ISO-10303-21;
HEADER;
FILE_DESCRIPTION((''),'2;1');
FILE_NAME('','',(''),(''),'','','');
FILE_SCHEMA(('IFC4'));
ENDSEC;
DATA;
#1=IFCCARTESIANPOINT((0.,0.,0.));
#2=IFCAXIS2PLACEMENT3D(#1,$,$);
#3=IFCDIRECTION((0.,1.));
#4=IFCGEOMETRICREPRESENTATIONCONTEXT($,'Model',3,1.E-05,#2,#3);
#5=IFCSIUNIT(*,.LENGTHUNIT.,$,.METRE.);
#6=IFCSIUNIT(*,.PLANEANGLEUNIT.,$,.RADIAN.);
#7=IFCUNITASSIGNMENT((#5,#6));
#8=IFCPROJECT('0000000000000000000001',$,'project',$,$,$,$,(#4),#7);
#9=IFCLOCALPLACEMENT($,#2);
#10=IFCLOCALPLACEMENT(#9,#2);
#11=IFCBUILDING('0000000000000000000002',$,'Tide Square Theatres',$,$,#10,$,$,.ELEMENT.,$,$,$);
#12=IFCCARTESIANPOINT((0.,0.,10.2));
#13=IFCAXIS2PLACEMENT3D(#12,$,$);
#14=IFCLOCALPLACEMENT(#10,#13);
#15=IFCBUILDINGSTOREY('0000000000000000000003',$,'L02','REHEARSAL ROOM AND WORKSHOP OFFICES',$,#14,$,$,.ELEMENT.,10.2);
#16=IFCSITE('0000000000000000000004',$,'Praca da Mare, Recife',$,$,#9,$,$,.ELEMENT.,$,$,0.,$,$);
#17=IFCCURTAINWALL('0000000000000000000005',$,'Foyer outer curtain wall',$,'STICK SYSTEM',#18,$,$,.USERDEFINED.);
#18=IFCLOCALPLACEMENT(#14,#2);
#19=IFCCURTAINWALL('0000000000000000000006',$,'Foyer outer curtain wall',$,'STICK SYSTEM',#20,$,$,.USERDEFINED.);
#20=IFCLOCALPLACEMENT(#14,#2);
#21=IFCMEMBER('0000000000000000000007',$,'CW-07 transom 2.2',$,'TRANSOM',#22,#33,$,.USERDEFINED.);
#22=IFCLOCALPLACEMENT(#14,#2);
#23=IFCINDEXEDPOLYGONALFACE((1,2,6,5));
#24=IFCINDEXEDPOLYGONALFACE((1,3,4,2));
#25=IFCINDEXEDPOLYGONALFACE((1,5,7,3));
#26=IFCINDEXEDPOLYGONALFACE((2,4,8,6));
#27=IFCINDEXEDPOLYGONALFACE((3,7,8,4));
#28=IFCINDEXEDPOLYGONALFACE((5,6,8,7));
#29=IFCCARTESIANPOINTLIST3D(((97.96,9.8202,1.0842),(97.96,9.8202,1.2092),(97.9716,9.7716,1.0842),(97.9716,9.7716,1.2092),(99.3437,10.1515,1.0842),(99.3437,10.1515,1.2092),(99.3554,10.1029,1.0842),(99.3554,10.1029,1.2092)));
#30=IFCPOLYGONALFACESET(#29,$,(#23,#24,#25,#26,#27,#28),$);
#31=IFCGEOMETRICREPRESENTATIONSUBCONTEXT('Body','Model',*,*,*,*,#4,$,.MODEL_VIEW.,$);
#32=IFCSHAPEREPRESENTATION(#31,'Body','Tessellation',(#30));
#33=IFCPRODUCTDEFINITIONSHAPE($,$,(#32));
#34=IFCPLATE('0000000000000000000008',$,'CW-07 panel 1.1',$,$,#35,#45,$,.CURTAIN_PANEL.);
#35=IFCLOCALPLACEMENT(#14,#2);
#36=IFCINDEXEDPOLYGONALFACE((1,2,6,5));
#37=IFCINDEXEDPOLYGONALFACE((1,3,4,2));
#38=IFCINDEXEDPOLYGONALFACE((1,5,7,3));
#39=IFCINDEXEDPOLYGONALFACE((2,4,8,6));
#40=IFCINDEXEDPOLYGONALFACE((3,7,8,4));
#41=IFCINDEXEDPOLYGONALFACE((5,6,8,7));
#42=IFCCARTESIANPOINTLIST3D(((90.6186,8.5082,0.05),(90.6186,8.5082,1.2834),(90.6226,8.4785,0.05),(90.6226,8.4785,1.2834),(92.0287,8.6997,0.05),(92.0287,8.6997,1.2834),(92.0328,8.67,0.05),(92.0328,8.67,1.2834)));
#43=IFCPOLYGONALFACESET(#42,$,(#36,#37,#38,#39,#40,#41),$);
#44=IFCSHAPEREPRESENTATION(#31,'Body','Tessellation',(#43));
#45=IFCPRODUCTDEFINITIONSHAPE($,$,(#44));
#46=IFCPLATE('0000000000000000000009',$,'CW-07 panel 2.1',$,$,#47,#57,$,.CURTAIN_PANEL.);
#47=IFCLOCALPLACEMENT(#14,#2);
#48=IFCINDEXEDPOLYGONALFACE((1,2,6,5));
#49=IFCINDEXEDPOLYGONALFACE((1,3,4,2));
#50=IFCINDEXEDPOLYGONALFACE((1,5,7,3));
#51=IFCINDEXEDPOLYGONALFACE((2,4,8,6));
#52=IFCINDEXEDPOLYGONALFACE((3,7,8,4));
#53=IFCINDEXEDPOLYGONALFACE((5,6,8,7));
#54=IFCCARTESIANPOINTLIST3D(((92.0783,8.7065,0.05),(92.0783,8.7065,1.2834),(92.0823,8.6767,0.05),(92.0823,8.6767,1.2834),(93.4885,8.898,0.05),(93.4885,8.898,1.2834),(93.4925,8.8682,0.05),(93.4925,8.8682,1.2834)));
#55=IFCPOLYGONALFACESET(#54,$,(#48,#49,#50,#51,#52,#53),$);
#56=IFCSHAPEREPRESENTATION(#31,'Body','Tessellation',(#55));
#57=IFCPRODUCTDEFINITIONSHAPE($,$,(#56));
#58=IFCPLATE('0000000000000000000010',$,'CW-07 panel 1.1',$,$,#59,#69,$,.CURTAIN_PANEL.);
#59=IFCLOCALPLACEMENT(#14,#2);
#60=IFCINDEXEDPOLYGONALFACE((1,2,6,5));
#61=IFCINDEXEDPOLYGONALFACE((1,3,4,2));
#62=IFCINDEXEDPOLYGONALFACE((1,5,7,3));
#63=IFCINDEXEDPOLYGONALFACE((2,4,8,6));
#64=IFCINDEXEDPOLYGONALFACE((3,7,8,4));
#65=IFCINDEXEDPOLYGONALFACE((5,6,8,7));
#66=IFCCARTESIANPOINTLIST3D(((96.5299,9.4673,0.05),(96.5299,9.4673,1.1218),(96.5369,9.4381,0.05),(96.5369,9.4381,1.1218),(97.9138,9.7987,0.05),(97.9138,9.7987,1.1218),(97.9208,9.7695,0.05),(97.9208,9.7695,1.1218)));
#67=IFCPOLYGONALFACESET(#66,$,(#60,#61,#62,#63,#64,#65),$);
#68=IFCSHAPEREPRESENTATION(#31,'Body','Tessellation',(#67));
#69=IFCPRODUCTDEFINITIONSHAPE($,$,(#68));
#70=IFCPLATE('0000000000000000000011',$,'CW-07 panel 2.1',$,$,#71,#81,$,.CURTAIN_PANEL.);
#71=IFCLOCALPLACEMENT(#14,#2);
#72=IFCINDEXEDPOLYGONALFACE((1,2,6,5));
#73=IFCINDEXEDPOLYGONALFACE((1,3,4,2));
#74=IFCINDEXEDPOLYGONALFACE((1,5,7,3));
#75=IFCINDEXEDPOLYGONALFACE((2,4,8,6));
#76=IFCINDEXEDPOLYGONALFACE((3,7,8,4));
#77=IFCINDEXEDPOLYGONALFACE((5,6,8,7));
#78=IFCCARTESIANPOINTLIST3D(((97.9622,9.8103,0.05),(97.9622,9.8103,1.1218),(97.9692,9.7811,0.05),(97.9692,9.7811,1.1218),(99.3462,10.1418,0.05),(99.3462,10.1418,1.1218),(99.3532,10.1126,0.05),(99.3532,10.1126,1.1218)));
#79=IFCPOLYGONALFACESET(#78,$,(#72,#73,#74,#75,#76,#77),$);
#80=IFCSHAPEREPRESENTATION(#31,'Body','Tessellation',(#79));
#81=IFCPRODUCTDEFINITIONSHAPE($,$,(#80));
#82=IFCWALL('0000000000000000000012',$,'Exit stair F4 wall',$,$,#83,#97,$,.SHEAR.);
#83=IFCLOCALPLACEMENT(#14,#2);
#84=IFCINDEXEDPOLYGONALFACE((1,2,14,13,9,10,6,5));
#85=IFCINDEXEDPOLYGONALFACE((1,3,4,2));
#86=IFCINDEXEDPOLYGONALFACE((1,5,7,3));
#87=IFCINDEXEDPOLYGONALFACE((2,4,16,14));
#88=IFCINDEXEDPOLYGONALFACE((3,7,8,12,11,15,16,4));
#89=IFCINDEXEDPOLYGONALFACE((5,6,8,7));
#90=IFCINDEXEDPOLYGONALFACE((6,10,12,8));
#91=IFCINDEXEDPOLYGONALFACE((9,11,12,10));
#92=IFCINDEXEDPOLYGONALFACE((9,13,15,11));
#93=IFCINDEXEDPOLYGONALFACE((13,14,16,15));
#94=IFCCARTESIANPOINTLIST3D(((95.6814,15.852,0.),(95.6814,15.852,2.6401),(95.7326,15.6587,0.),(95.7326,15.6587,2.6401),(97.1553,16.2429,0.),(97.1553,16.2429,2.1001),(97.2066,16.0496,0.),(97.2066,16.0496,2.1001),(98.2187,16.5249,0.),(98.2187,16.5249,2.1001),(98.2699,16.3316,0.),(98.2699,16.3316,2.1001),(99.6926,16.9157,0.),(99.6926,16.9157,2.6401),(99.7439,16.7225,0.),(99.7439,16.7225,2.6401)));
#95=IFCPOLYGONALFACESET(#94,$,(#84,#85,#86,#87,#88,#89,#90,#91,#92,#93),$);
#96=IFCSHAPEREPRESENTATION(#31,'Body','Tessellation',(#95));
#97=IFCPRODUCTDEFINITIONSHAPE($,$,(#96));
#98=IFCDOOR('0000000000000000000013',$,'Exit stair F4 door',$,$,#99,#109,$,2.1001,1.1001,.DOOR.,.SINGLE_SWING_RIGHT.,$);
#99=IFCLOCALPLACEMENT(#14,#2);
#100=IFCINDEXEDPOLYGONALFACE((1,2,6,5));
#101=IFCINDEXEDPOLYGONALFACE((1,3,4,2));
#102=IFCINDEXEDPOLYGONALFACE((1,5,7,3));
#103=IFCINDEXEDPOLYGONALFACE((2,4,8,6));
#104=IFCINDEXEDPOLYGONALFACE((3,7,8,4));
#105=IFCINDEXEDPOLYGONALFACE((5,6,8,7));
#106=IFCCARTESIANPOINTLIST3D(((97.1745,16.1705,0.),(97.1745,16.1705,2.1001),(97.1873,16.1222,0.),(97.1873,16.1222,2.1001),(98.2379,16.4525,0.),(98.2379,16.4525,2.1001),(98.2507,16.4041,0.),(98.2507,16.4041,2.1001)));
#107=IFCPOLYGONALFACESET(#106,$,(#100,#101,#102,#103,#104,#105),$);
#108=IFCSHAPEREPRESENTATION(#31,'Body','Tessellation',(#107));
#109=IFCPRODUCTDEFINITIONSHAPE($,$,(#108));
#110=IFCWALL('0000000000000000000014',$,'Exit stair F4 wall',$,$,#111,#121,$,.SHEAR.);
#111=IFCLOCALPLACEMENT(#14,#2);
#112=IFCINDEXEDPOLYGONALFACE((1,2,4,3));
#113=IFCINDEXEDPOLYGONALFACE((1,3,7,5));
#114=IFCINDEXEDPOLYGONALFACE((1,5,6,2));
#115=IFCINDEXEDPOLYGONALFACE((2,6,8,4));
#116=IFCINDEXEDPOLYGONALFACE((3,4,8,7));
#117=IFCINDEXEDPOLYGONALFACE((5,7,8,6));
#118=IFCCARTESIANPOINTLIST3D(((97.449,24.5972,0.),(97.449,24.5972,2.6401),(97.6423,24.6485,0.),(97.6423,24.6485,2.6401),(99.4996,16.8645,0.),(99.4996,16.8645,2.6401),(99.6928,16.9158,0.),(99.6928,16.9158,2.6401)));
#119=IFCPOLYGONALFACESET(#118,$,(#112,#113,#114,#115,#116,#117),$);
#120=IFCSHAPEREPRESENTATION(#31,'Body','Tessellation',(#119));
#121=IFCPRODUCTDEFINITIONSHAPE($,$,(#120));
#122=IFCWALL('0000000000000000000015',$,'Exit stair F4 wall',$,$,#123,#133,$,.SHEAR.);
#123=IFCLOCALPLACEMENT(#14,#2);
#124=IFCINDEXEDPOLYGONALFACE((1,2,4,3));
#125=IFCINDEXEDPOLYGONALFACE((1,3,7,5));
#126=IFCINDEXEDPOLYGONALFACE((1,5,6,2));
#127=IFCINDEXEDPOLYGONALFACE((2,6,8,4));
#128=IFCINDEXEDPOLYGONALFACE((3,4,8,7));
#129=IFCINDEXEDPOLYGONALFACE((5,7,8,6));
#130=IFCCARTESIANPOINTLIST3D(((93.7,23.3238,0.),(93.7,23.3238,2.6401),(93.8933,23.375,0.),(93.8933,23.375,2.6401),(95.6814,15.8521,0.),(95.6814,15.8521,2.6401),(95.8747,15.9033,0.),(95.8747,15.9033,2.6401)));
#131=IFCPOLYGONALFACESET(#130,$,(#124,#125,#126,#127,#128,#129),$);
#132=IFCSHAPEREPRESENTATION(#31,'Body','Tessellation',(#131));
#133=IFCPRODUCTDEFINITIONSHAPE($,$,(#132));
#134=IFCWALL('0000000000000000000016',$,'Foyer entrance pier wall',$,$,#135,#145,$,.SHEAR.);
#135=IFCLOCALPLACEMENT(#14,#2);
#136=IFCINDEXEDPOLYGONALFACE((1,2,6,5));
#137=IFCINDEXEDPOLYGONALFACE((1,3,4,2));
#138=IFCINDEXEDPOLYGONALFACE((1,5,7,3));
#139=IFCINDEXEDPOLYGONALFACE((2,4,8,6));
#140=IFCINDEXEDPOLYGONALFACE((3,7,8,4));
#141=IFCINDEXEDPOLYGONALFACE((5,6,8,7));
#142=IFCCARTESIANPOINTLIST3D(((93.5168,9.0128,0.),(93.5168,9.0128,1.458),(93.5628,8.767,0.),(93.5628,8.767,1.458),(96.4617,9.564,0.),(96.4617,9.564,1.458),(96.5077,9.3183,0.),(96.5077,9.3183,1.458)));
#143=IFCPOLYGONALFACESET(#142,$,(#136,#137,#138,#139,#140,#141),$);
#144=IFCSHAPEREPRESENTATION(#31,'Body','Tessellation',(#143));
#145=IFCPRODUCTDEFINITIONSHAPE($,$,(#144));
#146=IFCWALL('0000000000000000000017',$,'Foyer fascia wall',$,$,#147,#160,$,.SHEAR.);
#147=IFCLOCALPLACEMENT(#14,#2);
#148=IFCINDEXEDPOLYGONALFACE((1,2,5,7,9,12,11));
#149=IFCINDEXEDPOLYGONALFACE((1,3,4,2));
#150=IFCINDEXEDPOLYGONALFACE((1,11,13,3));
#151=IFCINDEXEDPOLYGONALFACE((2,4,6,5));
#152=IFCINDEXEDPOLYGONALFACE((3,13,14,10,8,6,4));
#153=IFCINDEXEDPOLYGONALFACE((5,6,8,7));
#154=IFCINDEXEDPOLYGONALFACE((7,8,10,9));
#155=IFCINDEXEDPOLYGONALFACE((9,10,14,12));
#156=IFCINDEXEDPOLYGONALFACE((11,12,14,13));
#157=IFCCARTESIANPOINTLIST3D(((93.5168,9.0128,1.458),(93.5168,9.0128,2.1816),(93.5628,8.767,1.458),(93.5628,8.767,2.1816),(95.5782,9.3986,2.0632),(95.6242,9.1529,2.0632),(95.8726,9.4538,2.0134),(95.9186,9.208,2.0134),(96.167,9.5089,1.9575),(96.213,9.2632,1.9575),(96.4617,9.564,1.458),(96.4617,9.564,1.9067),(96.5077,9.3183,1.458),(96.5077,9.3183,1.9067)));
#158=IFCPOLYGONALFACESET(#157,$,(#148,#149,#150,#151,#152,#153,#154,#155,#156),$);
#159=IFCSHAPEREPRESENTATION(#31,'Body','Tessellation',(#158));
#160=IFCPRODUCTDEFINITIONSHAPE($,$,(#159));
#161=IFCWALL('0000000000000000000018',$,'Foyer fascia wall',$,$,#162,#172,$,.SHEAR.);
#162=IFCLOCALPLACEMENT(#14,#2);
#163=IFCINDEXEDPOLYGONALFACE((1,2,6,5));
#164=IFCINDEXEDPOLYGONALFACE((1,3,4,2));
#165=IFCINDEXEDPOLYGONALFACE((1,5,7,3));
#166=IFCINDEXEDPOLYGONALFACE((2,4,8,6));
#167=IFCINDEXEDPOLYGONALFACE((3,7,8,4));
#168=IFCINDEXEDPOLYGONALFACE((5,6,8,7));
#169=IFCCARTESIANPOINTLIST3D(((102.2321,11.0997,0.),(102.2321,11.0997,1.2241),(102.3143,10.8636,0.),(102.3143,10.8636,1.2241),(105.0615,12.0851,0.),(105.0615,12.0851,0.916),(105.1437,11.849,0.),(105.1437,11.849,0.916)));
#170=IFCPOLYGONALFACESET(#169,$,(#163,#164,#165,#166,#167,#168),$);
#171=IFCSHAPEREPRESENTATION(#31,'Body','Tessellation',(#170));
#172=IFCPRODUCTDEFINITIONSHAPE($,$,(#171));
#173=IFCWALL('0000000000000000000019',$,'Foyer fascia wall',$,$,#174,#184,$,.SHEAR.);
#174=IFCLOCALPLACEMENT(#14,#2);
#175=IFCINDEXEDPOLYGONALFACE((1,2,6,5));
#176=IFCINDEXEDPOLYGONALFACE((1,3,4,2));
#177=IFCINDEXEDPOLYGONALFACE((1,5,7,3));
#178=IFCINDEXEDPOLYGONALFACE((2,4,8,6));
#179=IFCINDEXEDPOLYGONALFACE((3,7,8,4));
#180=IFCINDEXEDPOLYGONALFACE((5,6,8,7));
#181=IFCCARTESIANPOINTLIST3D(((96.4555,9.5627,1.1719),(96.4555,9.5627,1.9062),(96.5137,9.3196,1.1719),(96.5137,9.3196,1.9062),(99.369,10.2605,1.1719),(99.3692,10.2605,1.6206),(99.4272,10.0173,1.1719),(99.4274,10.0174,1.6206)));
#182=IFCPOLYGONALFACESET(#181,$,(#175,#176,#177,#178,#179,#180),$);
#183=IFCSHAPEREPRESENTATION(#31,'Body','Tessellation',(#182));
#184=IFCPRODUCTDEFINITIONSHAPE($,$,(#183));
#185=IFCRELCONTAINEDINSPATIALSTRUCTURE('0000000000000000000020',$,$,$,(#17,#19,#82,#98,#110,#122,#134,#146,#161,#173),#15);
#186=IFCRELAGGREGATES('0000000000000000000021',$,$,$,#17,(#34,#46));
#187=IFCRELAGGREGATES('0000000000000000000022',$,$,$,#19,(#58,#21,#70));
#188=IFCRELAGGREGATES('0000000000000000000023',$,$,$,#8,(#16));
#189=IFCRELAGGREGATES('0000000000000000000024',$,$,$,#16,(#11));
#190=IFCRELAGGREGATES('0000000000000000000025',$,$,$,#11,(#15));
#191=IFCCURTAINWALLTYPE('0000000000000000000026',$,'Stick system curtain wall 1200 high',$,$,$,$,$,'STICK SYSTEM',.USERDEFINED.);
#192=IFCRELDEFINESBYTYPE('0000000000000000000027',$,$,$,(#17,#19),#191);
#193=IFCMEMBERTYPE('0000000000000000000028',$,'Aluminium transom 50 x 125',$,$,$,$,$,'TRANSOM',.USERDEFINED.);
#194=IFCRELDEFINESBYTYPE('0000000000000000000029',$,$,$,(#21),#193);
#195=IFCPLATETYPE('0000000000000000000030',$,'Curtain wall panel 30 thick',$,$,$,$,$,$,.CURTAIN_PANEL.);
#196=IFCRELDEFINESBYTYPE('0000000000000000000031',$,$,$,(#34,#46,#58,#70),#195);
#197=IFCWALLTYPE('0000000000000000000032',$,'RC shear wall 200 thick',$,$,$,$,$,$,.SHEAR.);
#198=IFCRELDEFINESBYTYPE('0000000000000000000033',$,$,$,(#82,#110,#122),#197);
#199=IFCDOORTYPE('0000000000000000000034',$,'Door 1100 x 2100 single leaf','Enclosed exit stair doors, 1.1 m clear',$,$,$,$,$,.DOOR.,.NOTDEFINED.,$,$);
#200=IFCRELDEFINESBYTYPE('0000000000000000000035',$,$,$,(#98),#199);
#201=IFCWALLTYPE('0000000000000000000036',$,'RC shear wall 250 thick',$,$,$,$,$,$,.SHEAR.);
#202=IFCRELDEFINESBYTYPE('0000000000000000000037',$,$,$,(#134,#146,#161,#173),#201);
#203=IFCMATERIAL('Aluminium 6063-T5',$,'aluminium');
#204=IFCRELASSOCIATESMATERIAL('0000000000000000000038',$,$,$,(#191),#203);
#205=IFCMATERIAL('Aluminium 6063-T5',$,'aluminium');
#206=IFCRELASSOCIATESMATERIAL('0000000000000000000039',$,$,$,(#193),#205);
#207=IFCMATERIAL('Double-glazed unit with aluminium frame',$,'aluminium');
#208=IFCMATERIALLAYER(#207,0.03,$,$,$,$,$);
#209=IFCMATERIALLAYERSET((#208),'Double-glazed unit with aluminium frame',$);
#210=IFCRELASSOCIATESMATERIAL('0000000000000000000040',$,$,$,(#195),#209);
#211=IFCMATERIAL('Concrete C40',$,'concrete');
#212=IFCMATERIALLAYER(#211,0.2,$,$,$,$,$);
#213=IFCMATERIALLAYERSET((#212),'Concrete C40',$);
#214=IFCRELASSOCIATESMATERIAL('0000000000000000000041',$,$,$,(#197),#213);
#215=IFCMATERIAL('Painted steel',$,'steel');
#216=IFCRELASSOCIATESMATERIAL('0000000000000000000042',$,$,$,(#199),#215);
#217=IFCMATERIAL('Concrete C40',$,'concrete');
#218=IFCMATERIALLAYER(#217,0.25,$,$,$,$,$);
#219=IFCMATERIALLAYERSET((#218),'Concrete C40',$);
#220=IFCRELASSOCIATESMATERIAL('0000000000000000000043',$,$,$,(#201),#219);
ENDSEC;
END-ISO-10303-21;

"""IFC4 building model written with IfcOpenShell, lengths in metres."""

from ifc_helpers import new_model, si_unit, direction, frame, frame_2d, origin, origin_2d, place, context, subcontext, project, spatial, polyline, rectangle, outline, extrude, material, layer, layer_set, material_profile, profile_set, type_object, element, fill, aggregate, save


model = new_model("IFC4")

# Units and contexts
model_context = context("Model", 3, precision=1e-05, world=origin(), true_north=direction((0.0, 1.0)))
body_context = subcontext(model_context, "Body", "Model", "MODEL_VIEW")
ifc_project = project(units=[si_unit("LENGTHUNIT", "METRE"), si_unit("PLANEANGLEUNIT", "RADIAN")], contexts=[model_context])

# Site, building, storey
site_placement = place(None, origin())
site = spatial("IfcSite", under=ifc_project, at=site_placement, Name="Praca da Mare, Recife", CompositionType="ELEMENT", RefElevation=0.0)
building_placement = place(site_placement, origin())
building = spatial("IfcBuilding", under=site, at=building_placement, Name="Tide Square Theatres", CompositionType="ELEMENT")
storey_placement = place(building_placement, frame((0.0, 0.0, 10.2)))
storey = spatial("IfcBuildingStorey", under=building, at=storey_placement, Name="L02", Description="REHEARSAL ROOM AND WORKSHOP OFFICES", CompositionType="ELEMENT", Elevation=10.2)

# Curtain walls
ifc_material_1 = material(Name="Aluminium 6063-T5", Category="aluminium")
curtain_wall_type = type_object("IfcCurtainWallType", Name="Stick system curtain wall 1200 high", ElementType="STICK SYSTEM", PredefinedType="USERDEFINED", material=ifc_material_1)
curtain_wall_1_placement = place(storey_placement, origin())
curtain_wall_1 = element("IfcCurtainWall", 1, at=curtain_wall_1_placement, inside=storey, type_object=curtain_wall_type, Name="Foyer outer curtain wall", ObjectType="STICK SYSTEM", PredefinedType="USERDEFINED")
curtain_wall_2_placement = place(storey_placement, origin())
curtain_wall_2 = element("IfcCurtainWall", 2, at=curtain_wall_2_placement, inside=storey, type_object=curtain_wall_type, Name="Foyer outer curtain wall", ObjectType="STICK SYSTEM", PredefinedType="USERDEFINED")

# Member
ifc_material_2 = material(Name="Aluminium 6063-T5", Category="aluminium")
ifc_material_profile_1 = material_profile(ifc_material_2, rectangle(XDim=0.05, YDim=0.125, at=origin_2d()))
ifc_profile_set_1 = profile_set([ifc_material_profile_1], Name="Aluminium 6063-T5")
member_type_1 = type_object("IfcMemberType", Name="Aluminium transom 50 x 125", ElementType="TRANSOM", PredefinedType="USERDEFINED", material=ifc_profile_set_1)
member_1_placement = place(storey_placement, frame((97.9658, 9.7959, 1.1467), z_axis=(0.972516, 0.232834, 0.0), x_axis=(-0.232834, 0.972516, 0.0)))
member_1 = element("IfcMember", 3, at=member_1_placement, type_object=member_type_1, Name="CW-07 transom 2.2", ObjectType="TRANSOM", PredefinedType="USERDEFINED", context=body_context, shape_type="SweptSolid", body=[
    extrude(rectangle(XDim=0.05, YDim=0.125, at=origin_2d()), origin(), (0.0, 0.0, 1.0), 1.4229),
])

# Plates
ifc_material_3 = material(Name="Double-glazed unit with aluminium frame", Category="aluminium")
ifc_layer_1 = layer(ifc_material_3, 0.03)
ifc_layer_set_1 = layer_set([ifc_layer_1], Name="Double-glazed unit with aluminium frame")
plate_type = type_object("IfcPlateType", Name="Curtain wall panel 30 thick", PredefinedType="CURTAIN_PANEL", material=ifc_layer_set_1)
plate_1_placement = place(storey_placement, frame((91.3257, 8.5891, 0.05), z_axis=(0.0, 0.0, 1.0), x_axis=(0.990903, 0.134577, 0.0)))
plate_1 = element("IfcPlate", 4, at=plate_1_placement, type_object=plate_type, Name="CW-07 panel 1.1", PredefinedType="CURTAIN_PANEL", context=body_context, shape_type="SweptSolid", body=[
    extrude(rectangle(XDim=1.4231, YDim=0.03, at=origin_2d()), origin(), (0.0, 0.0, 1.0), 1.2334),
])
plate_2_placement = place(storey_placement, frame((92.7854, 8.7874, 0.05), z_axis=(0.0, 0.0, 1.0), x_axis=(0.990903, 0.134577, 0.0)))
plate_2 = element("IfcPlate", 5, at=plate_2_placement, type_object=plate_type, Name="CW-07 panel 2.1", PredefinedType="CURTAIN_PANEL", context=body_context, shape_type="SweptSolid", body=[
    extrude(rectangle(XDim=1.4231, YDim=0.03, at=origin_2d()), origin(), (0.0, 0.0, 1.0), 1.2334),
])
aggregate(curtain_wall_1, [plate_1, plate_2])
plate_3_placement = place(storey_placement, frame((97.2253, 9.6184, 0.05), z_axis=(0.0, 0.0, 1.0), x_axis=(0.972498, 0.232911, 0.0)))
plate_3 = element("IfcPlate", 6, at=plate_3_placement, type_object=plate_type, Name="CW-07 panel 1.1", PredefinedType="CURTAIN_PANEL", context=body_context, shape_type="SweptSolid", body=[
    extrude(rectangle(XDim=1.4231, YDim=0.03, at=origin_2d()), origin(), (0.0, 0.0, 1.0), 1.0718),
])
plate_4_placement = place(storey_placement, frame((98.6577, 9.9614, 0.05), z_axis=(0.0, 0.0, 1.0), x_axis=(0.972498, 0.232911, 0.0)))
plate_4 = element("IfcPlate", 7, at=plate_4_placement, type_object=plate_type, Name="CW-07 panel 2.1", PredefinedType="CURTAIN_PANEL", context=body_context, shape_type="SweptSolid", body=[
    extrude(rectangle(XDim=1.4231, YDim=0.03, at=origin_2d()), origin(), (0.0, 0.0, 1.0), 1.0718),
])
aggregate(curtain_wall_2, [plate_3, member_1, plate_4])

# Wall, opening, door
ifc_material_4 = material(Name="Concrete C40", Category="concrete")
ifc_layer_2 = layer(ifc_material_4, 0.2)
ifc_layer_set_2 = layer_set([ifc_layer_2], Name="Concrete C40")
wall_type_1 = type_object("IfcWallType", Name="RC shear wall 200 thick", PredefinedType="SHEAR", material=ifc_layer_set_2)
wall_1_placement = place(storey_placement, frame((99.7183, 16.8191, 0.0), z_axis=(0.0, 0.0, 1.0), x_axis=(-0.96659, -0.256326, 0.0)))
wall_1 = element("IfcWall", 8, at=wall_1_placement, inside=storey, type_object=wall_type_1, Name="Exit stair F4 wall", PredefinedType="SHEAR", context=body_context, shape_type="SweptSolid", body=[
    extrude(rectangle(XDim=4.1499, YDim=0.2, at=frame_2d((2.075, 0.0))), origin(), (0.0, 0.0, 1.0), 2.6401),
])
opening_placement = place(wall_1_placement, frame((1.5249, 0.0, 0.0)))
opening = element("IfcOpeningElement", 9, at=opening_placement, cuts=wall_1, PredefinedType="OPENING", context=body_context, shape_type="SweptSolid", body=[
    extrude(rectangle(XDim=1.1001, YDim=2.1001, at=frame_2d((0.55, 1.05))), frame((0.0, 0.1099, 0.0), z_axis=(0.0, -1.0, 0.0), x_axis=(1.0, 0.0, 0.0)), (0.0, 0.0, 1.0), 0.22),
])
ifc_material_5 = material(Name="Painted steel", Category="steel")
door_type = type_object("IfcDoorType", Name="Door 1100 x 2100 single leaf", Description="Enclosed exit stair doors, 1.1 m clear", OperationType="NOTDEFINED", PredefinedType="DOOR", material=ifc_material_5)
door_placement = place(opening_placement, origin())
door = element("IfcDoor", 10, at=door_placement, inside=storey, type_object=door_type, Name="Exit stair F4 door", OperationType="SINGLE_SWING_RIGHT", OverallHeight=2.1001, OverallWidth=1.1001, PredefinedType="DOOR", context=body_context, shape_type="SweptSolid", body=[
    extrude(rectangle(XDim=1.1001, YDim=2.1001, at=frame_2d((0.55, 1.05))), frame((0.0, 0.0249, 0.0), z_axis=(0.0, -1.0, 0.0), x_axis=(1.0, 0.0, 0.0)), (0.0, 0.0, 1.0), 0.05),
])
fill(opening, door)

# Walls
wall_2_placement = place(storey_placement, frame((99.5962, 16.8901, 0.0), z_axis=(0.0, 0.0, 1.0), x_axis=(-0.256319, 0.966592, 0.0)))
element("IfcWall", 11, at=wall_2_placement, inside=storey, type_object=wall_type_1, Name="Exit stair F4 wall", PredefinedType="SHEAR", context=body_context, shape_type="SweptSolid", body=[
    extrude(rectangle(XDim=8.0, YDim=0.2, at=frame_2d((4.0, 0.0))), origin(), (0.0, 0.0, 1.0), 2.6401),
])
wall_3_placement = place(storey_placement, frame((95.7781, 15.8777, 0.0), z_axis=(0.0, 0.0, 1.0), x_axis=(-0.256334, 0.966588, 0.0)))
element("IfcWall", 12, at=wall_3_placement, inside=storey, type_object=wall_type_1, Name="Exit stair F4 wall", PredefinedType="SHEAR", context=body_context, shape_type="SweptSolid", body=[
    extrude(rectangle(XDim=7.73, YDim=0.2, at=frame_2d((3.865, 0.0))), origin(), (0.0, 0.0, 1.0), 2.6401),
])
ifc_material_6 = material(Name="Concrete C40", Category="concrete")
ifc_layer_3 = layer(ifc_material_6, 0.25)
ifc_layer_set_3 = layer_set([ifc_layer_3], Name="Concrete C40")
wall_type_2 = type_object("IfcWallType", Name="RC shear wall 250 thick", PredefinedType="SHEAR", material=ifc_layer_set_3)
wall_4_placement = place(storey_placement, frame((93.5398, 8.8899, 0.0), z_axis=(0.0, 0.0, 1.0), x_axis=(0.982926, 0.184003, 0.0)))
element("IfcWall", 13, at=wall_4_placement, inside=storey, type_object=wall_type_2, Name="Foyer entrance pier wall", PredefinedType="SHEAR", context=body_context, shape_type="SweptSolid", body=[
    extrude(rectangle(XDim=2.9961, YDim=0.25, at=frame_2d((1.498, 0.0))), origin(), (0.0, 0.0, 1.0), 1.458),
])
wall_5_placement = place(storey_placement, frame((93.5398, 8.8899, 1.458), z_axis=(0.0, 0.0, 1.0), x_axis=(0.982926, 0.184003, 0.0)))
element("IfcWall", 14, at=wall_5_placement, inside=storey, type_object=wall_type_2, Name="Foyer fascia wall", PredefinedType="SHEAR", context=body_context, shape_type="SweptSolid", body=[
    extrude(outline(polyline([(0.0, 0.0), (2.9961, 0.0), (2.9961, 0.4487), (2.6963, 0.4995), (2.3967, 0.5554), (2.0972, 0.6052), (0.0, 0.7236), (0.0, 0.0)])), frame((0.0, 0.125, 0.0), z_axis=(0.0, -1.0, 0.0), x_axis=(1.0, 0.0, 0.0)), (0.0, 0.0, 1.0), 0.25),
])
wall_6_placement = place(storey_placement, frame((102.2732, 10.9817, 0.0), z_axis=(0.0, 0.0, 1.0), x_axis=(0.944369, 0.328887, 0.0)))
element("IfcWall", 15, at=wall_6_placement, inside=storey, type_object=wall_type_2, Name="Foyer fascia wall", PredefinedType="SHEAR", context=body_context, shape_type="SweptSolid", body=[
    extrude(outline(polyline([(0.0, 0.0), (2.9961, 0.0), (2.9961, 0.916), (0.0, 1.2241), (0.0, 0.0)])), frame((0.0, 0.125, 0.0), z_axis=(0.0, -1.0, 0.0), x_axis=(1.0, 0.0, 0.0)), (0.0, 0.0, 1.0), 0.25),
])
wall_7_placement = place(storey_placement, frame((96.4846, 9.4412, 1.1719), z_axis=(0.0, 0.0, 1.0), x_axis=(0.972501, 0.232898, 0.0)))
element("IfcWall", 16, at=wall_7_placement, inside=storey, type_object=wall_type_2, Name="Foyer fascia wall", PredefinedType="SHEAR", context=body_context, shape_type="SweptSolid", body=[
    extrude(outline(polyline([(0.0, 0.0), (2.9958, 0.0), (2.9961, 0.4487), (0.0, 0.7344), (0.0, 0.0)])), frame((0.0, 0.125, 0.0), z_axis=(0.0, -1.0, 0.0), x_axis=(1.0, 0.0, 0.0)), (0.0, 0.0, 1.0), 0.25),
])

save(model, "model.ifc")
